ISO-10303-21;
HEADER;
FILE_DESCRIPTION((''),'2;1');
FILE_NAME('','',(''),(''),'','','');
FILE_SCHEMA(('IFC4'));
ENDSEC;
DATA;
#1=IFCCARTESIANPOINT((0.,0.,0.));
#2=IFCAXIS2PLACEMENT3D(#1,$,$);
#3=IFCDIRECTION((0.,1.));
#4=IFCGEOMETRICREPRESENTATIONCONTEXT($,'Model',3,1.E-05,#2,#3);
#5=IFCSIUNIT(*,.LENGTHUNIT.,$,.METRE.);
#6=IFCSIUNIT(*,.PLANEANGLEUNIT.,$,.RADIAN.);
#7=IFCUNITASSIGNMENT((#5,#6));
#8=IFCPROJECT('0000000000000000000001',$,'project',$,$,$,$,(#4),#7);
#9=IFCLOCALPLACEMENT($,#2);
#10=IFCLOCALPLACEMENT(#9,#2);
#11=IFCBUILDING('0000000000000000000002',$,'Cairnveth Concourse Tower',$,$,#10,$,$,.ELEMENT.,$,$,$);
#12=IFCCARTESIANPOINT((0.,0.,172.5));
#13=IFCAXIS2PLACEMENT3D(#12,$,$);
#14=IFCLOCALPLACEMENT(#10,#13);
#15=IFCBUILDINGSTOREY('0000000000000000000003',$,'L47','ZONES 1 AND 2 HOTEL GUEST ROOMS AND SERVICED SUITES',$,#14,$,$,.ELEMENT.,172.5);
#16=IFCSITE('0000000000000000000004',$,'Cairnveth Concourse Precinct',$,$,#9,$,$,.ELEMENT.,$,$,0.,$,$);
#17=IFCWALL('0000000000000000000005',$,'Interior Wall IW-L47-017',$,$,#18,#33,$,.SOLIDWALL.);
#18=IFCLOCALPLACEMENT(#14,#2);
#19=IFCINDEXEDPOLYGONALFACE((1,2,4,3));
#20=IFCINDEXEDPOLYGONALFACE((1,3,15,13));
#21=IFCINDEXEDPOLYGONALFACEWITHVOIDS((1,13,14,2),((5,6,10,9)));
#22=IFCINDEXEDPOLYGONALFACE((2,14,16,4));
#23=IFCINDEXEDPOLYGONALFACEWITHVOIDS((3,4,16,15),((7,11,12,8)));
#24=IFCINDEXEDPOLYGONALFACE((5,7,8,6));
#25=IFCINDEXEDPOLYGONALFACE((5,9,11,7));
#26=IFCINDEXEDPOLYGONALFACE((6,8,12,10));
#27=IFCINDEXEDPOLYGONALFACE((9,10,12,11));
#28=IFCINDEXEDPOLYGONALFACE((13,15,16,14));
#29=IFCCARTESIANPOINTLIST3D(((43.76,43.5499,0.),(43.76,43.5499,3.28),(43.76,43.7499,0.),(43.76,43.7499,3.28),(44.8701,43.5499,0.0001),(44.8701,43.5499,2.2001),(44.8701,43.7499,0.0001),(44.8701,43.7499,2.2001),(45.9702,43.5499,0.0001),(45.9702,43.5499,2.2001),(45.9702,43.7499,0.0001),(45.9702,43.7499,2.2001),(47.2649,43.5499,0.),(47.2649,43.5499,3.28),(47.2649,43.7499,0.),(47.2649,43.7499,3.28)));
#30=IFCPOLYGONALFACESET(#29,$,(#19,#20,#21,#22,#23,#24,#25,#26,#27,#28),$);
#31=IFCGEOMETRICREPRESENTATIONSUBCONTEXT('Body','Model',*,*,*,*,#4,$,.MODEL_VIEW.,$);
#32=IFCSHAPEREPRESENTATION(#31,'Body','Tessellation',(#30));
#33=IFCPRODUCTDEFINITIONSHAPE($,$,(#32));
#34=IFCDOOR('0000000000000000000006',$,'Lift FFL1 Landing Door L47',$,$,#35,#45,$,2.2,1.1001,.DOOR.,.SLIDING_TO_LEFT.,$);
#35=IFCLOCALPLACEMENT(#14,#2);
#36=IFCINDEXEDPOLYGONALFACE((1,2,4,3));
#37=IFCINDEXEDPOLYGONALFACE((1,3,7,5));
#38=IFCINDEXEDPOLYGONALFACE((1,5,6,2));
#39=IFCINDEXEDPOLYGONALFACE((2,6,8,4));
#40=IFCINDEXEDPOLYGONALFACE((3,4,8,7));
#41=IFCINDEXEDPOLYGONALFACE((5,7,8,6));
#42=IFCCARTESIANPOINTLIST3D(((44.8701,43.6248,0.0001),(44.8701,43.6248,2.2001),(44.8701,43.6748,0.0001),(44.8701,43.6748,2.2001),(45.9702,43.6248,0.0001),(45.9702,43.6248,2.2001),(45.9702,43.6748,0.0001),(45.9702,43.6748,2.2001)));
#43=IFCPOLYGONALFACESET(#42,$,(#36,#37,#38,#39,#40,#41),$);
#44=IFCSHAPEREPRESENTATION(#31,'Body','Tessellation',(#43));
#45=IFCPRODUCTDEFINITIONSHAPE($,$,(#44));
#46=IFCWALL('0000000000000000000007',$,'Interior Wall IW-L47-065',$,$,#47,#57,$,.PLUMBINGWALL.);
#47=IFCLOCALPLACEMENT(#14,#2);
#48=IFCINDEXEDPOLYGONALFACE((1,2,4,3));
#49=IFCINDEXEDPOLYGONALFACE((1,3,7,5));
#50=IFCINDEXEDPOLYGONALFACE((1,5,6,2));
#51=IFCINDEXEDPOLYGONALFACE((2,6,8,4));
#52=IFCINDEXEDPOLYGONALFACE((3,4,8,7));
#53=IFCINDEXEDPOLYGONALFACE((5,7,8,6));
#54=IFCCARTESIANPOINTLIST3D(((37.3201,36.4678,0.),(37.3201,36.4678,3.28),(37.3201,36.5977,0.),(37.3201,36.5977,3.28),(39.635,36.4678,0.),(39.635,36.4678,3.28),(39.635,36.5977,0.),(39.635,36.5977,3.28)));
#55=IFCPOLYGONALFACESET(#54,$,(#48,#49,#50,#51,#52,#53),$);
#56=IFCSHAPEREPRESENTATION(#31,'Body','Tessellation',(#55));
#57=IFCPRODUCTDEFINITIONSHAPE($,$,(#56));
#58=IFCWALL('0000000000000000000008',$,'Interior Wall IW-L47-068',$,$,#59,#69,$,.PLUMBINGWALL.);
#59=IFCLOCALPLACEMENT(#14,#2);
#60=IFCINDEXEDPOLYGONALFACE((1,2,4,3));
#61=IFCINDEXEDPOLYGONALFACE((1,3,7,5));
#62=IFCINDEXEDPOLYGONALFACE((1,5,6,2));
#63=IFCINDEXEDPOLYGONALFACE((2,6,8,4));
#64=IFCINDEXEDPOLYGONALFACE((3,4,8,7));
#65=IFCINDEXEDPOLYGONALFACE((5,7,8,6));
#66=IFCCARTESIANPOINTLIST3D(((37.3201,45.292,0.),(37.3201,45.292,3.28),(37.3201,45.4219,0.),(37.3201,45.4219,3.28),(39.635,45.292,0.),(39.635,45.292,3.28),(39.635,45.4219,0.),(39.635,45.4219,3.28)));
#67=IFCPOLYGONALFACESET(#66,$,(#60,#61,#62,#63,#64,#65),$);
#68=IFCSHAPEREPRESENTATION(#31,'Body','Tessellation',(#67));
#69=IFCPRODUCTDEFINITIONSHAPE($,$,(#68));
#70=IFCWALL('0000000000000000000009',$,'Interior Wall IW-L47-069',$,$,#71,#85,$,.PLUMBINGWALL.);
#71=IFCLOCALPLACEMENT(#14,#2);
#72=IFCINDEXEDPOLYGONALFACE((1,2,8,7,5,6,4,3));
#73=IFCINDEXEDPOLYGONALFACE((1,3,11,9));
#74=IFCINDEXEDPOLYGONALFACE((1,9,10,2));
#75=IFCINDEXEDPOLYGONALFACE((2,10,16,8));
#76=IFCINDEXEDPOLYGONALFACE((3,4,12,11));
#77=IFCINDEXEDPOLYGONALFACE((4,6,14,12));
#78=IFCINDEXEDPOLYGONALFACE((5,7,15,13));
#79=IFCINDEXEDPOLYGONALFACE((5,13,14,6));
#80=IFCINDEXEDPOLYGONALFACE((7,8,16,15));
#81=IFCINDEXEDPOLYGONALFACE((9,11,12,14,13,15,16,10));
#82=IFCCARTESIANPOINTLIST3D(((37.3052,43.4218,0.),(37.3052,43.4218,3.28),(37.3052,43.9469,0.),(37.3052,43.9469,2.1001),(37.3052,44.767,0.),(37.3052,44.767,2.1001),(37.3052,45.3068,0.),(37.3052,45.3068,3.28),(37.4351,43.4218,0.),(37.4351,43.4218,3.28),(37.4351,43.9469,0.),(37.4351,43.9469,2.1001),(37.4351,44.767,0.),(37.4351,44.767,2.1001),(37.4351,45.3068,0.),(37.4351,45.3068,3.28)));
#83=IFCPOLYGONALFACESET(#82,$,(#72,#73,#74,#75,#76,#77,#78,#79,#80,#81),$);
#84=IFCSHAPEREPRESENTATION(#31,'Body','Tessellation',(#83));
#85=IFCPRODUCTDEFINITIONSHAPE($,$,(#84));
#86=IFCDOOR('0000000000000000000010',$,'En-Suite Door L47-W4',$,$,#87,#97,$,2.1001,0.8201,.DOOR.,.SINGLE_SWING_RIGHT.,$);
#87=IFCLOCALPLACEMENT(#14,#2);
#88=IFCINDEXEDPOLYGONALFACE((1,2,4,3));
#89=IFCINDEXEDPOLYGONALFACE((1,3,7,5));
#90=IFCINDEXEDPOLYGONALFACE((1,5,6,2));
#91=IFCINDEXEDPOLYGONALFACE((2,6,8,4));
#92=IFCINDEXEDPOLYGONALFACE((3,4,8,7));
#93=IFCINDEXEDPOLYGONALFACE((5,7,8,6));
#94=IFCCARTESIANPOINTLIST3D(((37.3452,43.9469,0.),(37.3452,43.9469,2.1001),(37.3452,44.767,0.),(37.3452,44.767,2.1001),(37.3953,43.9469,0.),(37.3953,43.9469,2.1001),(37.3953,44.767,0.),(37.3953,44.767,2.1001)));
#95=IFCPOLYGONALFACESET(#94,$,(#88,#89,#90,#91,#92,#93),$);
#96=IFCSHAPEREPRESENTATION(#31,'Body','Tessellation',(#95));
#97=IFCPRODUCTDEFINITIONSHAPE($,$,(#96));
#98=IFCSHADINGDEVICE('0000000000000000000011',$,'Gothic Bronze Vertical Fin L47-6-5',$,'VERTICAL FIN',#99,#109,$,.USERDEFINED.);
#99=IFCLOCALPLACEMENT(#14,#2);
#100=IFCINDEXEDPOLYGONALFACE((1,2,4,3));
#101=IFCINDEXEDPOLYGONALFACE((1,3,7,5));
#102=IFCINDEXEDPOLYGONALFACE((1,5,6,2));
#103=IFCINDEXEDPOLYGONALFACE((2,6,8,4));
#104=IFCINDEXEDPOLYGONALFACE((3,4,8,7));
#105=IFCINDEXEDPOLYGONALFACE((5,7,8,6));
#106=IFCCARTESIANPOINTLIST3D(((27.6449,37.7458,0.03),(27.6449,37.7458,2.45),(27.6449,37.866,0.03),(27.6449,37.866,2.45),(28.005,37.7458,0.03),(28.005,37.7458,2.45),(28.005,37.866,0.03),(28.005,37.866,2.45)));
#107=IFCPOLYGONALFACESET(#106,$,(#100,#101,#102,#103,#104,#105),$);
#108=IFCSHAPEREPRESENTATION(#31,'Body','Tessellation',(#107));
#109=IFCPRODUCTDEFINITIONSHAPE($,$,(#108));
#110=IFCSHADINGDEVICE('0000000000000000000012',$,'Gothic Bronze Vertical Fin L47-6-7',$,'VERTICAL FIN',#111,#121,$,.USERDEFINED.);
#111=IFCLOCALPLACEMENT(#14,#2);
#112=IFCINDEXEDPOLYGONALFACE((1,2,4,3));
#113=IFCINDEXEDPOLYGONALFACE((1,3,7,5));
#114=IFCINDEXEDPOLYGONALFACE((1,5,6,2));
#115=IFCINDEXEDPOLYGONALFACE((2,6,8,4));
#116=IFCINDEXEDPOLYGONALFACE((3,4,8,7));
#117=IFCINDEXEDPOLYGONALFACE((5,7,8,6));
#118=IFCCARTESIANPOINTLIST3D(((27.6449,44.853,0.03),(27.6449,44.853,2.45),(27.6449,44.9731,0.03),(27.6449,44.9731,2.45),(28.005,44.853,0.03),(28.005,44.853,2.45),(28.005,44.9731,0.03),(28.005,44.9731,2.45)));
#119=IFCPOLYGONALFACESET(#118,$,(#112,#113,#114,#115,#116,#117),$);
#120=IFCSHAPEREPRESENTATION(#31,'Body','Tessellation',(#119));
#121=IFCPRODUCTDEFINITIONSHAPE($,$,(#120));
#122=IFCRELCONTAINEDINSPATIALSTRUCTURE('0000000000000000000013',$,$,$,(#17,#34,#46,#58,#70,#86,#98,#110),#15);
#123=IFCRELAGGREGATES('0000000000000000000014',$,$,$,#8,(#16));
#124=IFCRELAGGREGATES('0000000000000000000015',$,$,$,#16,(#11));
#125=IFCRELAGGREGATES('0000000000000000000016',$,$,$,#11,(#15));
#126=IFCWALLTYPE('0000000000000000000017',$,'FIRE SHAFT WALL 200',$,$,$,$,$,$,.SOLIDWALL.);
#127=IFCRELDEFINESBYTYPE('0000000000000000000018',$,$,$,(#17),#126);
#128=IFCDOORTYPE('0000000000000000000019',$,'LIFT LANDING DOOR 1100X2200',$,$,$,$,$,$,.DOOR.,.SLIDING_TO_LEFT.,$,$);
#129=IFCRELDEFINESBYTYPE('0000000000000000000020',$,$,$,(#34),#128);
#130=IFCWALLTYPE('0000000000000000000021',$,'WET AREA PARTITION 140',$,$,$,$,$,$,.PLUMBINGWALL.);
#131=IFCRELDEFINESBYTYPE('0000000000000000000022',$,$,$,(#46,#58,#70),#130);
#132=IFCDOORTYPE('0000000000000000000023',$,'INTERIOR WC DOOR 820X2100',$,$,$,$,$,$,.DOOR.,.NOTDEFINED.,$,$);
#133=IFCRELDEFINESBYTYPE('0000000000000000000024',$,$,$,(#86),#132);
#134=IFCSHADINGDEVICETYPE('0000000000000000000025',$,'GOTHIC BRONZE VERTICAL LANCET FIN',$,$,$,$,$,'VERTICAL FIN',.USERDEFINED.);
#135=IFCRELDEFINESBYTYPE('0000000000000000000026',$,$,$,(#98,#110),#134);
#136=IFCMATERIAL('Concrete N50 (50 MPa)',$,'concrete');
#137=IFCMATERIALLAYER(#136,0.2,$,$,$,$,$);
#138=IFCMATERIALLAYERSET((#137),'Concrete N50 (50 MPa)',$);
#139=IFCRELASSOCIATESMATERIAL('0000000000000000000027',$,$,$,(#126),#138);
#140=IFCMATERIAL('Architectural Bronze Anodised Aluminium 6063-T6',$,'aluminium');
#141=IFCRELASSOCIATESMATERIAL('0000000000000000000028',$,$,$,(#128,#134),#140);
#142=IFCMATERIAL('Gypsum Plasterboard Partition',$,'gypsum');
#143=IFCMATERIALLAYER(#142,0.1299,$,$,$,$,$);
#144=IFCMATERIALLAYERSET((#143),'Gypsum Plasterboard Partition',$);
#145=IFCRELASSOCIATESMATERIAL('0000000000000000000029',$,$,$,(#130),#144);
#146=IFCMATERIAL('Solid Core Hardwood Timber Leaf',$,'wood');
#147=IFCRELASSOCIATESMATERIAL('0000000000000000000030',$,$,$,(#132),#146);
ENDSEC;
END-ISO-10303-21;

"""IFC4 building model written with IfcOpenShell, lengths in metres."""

from ifc_helpers import new_model, si_unit, direction, frame, frame_2d, origin, origin_2d, place, context, subcontext, project, spatial, rectangle, extrude, material, layer, layer_set, type_object, element, fill, save


model = new_model("IFC4")

# Units and contexts
model_context = context("Model", 3, precision=1e-05, world=origin(), true_north=direction((0.0, 1.0)))
body_context = subcontext(model_context, "Body", "Model", "MODEL_VIEW")
ifc_project = project(units=[si_unit("LENGTHUNIT", "METRE"), si_unit("PLANEANGLEUNIT", "RADIAN")], contexts=[model_context])

# Site, building, storey
site_placement = place(None, origin())
site = spatial("IfcSite", under=ifc_project, at=site_placement, Name="Cairnveth Concourse Precinct", CompositionType="ELEMENT", RefElevation=0.0)
building_placement = place(site_placement, origin())
building = spatial("IfcBuilding", under=site, at=building_placement, Name="Cairnveth Concourse Tower", CompositionType="ELEMENT")
storey_placement = place(building_placement, frame((0.0, 0.0, 172.5)))
storey = spatial("IfcBuildingStorey", under=building, at=storey_placement, Name="L47", Description="ZONES 1 AND 2 HOTEL GUEST ROOMS AND SERVICED SUITES", CompositionType="ELEMENT", Elevation=172.5)

# Shared definitions
ifc_material_1 = material(Name="Gypsum Plasterboard Partition", Category="gypsum")

# Wall, opening, door
ifc_material_2 = material(Name="Concrete N50 (50 MPa)", Category="concrete")
ifc_layer_1 = layer(ifc_material_2, 0.2)
ifc_layer_set_1 = layer_set([ifc_layer_1], Name="Concrete N50 (50 MPa)")
wall_type_1 = type_object("IfcWallType", Name="FIRE SHAFT WALL 200", PredefinedType="SOLIDWALL", material=ifc_layer_set_1)
wall_1_placement = place(storey_placement, frame((43.76, 43.6499, 0.0), z_axis=(0.0, 0.0, 1.0), x_axis=(1.0, 0.0, 0.0)))
wall_1 = element("IfcWall", 1, at=wall_1_placement, inside=storey, type_object=wall_type_1, Name="Interior Wall IW-L47-017", PredefinedType="SOLIDWALL", context=body_context, shape_type="SweptSolid", body=[
    extrude(rectangle(XDim=3.5049, YDim=0.2, at=frame_2d((1.7524, 0.0))), origin(), (0.0, 0.0, 1.0), 3.28),
])
opening_1_placement = place(wall_1_placement, frame((1.1101, 0.0, 0.0)))
opening_1 = element("IfcOpeningElement", 2, at=opening_1_placement, cuts=wall_1, PredefinedType="OPENING", context=body_context, shape_type="SweptSolid", body=[
    extrude(rectangle(XDim=1.1001, YDim=2.2, at=frame_2d((0.55, 1.1001))), frame((0.0, 0.1099, 0.0), z_axis=(0.0, -1.0, 0.0), x_axis=(1.0, 0.0, 0.0)), (0.0, 0.0, 1.0), 0.22),
])
ifc_material_3 = material(Name="Architectural Bronze Anodised Aluminium 6063-T6", Category="aluminium")
door_type_1 = type_object("IfcDoorType", Name="LIFT LANDING DOOR 1100X2200", OperationType="SLIDING_TO_LEFT", PredefinedType="DOOR", material=ifc_material_3)
door_1_placement = place(opening_1_placement, origin())
door_1 = element("IfcDoor", 3, at=door_1_placement, inside=storey, type_object=door_type_1, Name="Lift FFL1 Landing Door L47", OperationType="SLIDING_TO_LEFT", OverallHeight=2.2, OverallWidth=1.1001, PredefinedType="DOOR", context=body_context, shape_type="SweptSolid", body=[
    extrude(rectangle(XDim=1.1001, YDim=2.2, at=frame_2d((0.55, 1.1001))), frame((0.0, 0.0249, 0.0), z_axis=(0.0, -1.0, 0.0), x_axis=(1.0, 0.0, 0.0)), (0.0, 0.0, 1.0), 0.05),
])
fill(opening_1, door_1)

# Walls
ifc_layer_2 = layer(ifc_material_1, 0.1299)
ifc_layer_set_2 = layer_set([ifc_layer_2], Name="Gypsum Plasterboard Partition")
wall_type_2 = type_object("IfcWallType", Name="WET AREA PARTITION 140", PredefinedType="PLUMBINGWALL", material=ifc_layer_set_2)
for number, where, z_axis, x_axis, name in (
    (4, (37.3201, 36.5327, 0.0), (0.0, 0.0, 1.0), (1.0, 0.0, 0.0), "Interior Wall IW-L47-065"),
    (5, (37.3201, 45.3569, 0.0), (0.0, 0.0, 1.0), (1.0, 0.0, 0.0), "Interior Wall IW-L47-068"),
):
    element("IfcWall", number, at=place(storey_placement, frame(where, z_axis=z_axis, x_axis=x_axis)), inside=storey, type_object=wall_type_2, Name=name, PredefinedType="PLUMBINGWALL", context=body_context, shape_type="SweptSolid", body=[
        extrude(rectangle(XDim=2.3149, YDim=0.1299, at=frame_2d((1.1575, 0.0))), origin(), (0.0, 0.0, 1.0), 3.28),
    ])

# Wall, opening, door
wall_2_placement = place(storey_placement, frame((37.3701, 43.4219, 0.0), z_axis=(0.0, 0.0, 1.0), x_axis=(0.0, 1.0, 0.0)))
wall_2 = element("IfcWall", 6, at=wall_2_placement, inside=storey, type_object=wall_type_2, Name="Interior Wall IW-L47-069", PredefinedType="PLUMBINGWALL", context=body_context, shape_type="SweptSolid", body=[
    extrude(rectangle(XDim=1.885, YDim=0.1299, at=frame_2d((0.9424, 0.0))), origin(), (0.0, 0.0, 1.0), 3.28),
])
opening_2_placement = place(wall_2_placement, frame((0.5249, 0.0, 0.0)))
opening_2 = element("IfcOpeningElement", 7, at=opening_2_placement, cuts=wall_2, PredefinedType="OPENING", context=body_context, shape_type="SweptSolid", body=[
    extrude(rectangle(XDim=0.8201, YDim=2.1001, at=frame_2d((0.4102, 1.05))), frame((0.0, 0.075, 0.0), z_axis=(0.0, -1.0, 0.0), x_axis=(1.0, 0.0, 0.0)), (0.0, 0.0, 1.0), 0.1499),
])
ifc_material_4 = material(Name="Solid Core Hardwood Timber Leaf", Category="wood")
door_type_2 = type_object("IfcDoorType", Name="INTERIOR WC DOOR 820X2100", OperationType="NOTDEFINED", PredefinedType="DOOR", material=ifc_material_4)
door_2_placement = place(opening_2_placement, origin())
door_2 = element("IfcDoor", 8, at=door_2_placement, inside=storey, type_object=door_type_2, Name="En-Suite Door L47-W4", OperationType="SINGLE_SWING_RIGHT", OverallHeight=2.1001, OverallWidth=0.8201, PredefinedType="DOOR", context=body_context, shape_type="SweptSolid", body=[
    extrude(rectangle(XDim=0.8201, YDim=2.1001, at=frame_2d((0.4102, 1.05))), frame((0.0, 0.0249, 0.0), z_axis=(0.0, -1.0, 0.0), x_axis=(1.0, 0.0, 0.0)), (0.0, 0.0, 1.0), 0.05),
])
fill(opening_2, door_2)

# Shading devices
shading_device_type = type_object("IfcShadingDeviceType", Name="GOTHIC BRONZE VERTICAL LANCET FIN", ElementType="VERTICAL FIN", PredefinedType="USERDEFINED", material=ifc_material_3)
for number, where, z_axis, x_axis, name in (
    (9, (27.825, 37.8059, 0.03), (0.0, 0.0, 1.0), (0.0, 1.0, 0.0), "Gothic Bronze Vertical Fin L47-6-5"),
    (10, (27.825, 44.9131, 0.03), (0.0, 0.0, 1.0), (0.0, 1.0, 0.0), "Gothic Bronze Vertical Fin L47-6-7"),
):
    element("IfcShadingDevice", number, at=place(storey_placement, frame(where, z_axis=z_axis, x_axis=x_axis)), inside=storey, type_object=shading_device_type, Name=name, ObjectType="VERTICAL FIN", PredefinedType="USERDEFINED", context=body_context, shape_type="SweptSolid", body=[
        extrude(rectangle(XDim=0.1201, YDim=0.3601, at=origin_2d()), origin(), (0.0, 0.0, 1.0), 2.4199),
    ])

save(model, "model.ifc")
